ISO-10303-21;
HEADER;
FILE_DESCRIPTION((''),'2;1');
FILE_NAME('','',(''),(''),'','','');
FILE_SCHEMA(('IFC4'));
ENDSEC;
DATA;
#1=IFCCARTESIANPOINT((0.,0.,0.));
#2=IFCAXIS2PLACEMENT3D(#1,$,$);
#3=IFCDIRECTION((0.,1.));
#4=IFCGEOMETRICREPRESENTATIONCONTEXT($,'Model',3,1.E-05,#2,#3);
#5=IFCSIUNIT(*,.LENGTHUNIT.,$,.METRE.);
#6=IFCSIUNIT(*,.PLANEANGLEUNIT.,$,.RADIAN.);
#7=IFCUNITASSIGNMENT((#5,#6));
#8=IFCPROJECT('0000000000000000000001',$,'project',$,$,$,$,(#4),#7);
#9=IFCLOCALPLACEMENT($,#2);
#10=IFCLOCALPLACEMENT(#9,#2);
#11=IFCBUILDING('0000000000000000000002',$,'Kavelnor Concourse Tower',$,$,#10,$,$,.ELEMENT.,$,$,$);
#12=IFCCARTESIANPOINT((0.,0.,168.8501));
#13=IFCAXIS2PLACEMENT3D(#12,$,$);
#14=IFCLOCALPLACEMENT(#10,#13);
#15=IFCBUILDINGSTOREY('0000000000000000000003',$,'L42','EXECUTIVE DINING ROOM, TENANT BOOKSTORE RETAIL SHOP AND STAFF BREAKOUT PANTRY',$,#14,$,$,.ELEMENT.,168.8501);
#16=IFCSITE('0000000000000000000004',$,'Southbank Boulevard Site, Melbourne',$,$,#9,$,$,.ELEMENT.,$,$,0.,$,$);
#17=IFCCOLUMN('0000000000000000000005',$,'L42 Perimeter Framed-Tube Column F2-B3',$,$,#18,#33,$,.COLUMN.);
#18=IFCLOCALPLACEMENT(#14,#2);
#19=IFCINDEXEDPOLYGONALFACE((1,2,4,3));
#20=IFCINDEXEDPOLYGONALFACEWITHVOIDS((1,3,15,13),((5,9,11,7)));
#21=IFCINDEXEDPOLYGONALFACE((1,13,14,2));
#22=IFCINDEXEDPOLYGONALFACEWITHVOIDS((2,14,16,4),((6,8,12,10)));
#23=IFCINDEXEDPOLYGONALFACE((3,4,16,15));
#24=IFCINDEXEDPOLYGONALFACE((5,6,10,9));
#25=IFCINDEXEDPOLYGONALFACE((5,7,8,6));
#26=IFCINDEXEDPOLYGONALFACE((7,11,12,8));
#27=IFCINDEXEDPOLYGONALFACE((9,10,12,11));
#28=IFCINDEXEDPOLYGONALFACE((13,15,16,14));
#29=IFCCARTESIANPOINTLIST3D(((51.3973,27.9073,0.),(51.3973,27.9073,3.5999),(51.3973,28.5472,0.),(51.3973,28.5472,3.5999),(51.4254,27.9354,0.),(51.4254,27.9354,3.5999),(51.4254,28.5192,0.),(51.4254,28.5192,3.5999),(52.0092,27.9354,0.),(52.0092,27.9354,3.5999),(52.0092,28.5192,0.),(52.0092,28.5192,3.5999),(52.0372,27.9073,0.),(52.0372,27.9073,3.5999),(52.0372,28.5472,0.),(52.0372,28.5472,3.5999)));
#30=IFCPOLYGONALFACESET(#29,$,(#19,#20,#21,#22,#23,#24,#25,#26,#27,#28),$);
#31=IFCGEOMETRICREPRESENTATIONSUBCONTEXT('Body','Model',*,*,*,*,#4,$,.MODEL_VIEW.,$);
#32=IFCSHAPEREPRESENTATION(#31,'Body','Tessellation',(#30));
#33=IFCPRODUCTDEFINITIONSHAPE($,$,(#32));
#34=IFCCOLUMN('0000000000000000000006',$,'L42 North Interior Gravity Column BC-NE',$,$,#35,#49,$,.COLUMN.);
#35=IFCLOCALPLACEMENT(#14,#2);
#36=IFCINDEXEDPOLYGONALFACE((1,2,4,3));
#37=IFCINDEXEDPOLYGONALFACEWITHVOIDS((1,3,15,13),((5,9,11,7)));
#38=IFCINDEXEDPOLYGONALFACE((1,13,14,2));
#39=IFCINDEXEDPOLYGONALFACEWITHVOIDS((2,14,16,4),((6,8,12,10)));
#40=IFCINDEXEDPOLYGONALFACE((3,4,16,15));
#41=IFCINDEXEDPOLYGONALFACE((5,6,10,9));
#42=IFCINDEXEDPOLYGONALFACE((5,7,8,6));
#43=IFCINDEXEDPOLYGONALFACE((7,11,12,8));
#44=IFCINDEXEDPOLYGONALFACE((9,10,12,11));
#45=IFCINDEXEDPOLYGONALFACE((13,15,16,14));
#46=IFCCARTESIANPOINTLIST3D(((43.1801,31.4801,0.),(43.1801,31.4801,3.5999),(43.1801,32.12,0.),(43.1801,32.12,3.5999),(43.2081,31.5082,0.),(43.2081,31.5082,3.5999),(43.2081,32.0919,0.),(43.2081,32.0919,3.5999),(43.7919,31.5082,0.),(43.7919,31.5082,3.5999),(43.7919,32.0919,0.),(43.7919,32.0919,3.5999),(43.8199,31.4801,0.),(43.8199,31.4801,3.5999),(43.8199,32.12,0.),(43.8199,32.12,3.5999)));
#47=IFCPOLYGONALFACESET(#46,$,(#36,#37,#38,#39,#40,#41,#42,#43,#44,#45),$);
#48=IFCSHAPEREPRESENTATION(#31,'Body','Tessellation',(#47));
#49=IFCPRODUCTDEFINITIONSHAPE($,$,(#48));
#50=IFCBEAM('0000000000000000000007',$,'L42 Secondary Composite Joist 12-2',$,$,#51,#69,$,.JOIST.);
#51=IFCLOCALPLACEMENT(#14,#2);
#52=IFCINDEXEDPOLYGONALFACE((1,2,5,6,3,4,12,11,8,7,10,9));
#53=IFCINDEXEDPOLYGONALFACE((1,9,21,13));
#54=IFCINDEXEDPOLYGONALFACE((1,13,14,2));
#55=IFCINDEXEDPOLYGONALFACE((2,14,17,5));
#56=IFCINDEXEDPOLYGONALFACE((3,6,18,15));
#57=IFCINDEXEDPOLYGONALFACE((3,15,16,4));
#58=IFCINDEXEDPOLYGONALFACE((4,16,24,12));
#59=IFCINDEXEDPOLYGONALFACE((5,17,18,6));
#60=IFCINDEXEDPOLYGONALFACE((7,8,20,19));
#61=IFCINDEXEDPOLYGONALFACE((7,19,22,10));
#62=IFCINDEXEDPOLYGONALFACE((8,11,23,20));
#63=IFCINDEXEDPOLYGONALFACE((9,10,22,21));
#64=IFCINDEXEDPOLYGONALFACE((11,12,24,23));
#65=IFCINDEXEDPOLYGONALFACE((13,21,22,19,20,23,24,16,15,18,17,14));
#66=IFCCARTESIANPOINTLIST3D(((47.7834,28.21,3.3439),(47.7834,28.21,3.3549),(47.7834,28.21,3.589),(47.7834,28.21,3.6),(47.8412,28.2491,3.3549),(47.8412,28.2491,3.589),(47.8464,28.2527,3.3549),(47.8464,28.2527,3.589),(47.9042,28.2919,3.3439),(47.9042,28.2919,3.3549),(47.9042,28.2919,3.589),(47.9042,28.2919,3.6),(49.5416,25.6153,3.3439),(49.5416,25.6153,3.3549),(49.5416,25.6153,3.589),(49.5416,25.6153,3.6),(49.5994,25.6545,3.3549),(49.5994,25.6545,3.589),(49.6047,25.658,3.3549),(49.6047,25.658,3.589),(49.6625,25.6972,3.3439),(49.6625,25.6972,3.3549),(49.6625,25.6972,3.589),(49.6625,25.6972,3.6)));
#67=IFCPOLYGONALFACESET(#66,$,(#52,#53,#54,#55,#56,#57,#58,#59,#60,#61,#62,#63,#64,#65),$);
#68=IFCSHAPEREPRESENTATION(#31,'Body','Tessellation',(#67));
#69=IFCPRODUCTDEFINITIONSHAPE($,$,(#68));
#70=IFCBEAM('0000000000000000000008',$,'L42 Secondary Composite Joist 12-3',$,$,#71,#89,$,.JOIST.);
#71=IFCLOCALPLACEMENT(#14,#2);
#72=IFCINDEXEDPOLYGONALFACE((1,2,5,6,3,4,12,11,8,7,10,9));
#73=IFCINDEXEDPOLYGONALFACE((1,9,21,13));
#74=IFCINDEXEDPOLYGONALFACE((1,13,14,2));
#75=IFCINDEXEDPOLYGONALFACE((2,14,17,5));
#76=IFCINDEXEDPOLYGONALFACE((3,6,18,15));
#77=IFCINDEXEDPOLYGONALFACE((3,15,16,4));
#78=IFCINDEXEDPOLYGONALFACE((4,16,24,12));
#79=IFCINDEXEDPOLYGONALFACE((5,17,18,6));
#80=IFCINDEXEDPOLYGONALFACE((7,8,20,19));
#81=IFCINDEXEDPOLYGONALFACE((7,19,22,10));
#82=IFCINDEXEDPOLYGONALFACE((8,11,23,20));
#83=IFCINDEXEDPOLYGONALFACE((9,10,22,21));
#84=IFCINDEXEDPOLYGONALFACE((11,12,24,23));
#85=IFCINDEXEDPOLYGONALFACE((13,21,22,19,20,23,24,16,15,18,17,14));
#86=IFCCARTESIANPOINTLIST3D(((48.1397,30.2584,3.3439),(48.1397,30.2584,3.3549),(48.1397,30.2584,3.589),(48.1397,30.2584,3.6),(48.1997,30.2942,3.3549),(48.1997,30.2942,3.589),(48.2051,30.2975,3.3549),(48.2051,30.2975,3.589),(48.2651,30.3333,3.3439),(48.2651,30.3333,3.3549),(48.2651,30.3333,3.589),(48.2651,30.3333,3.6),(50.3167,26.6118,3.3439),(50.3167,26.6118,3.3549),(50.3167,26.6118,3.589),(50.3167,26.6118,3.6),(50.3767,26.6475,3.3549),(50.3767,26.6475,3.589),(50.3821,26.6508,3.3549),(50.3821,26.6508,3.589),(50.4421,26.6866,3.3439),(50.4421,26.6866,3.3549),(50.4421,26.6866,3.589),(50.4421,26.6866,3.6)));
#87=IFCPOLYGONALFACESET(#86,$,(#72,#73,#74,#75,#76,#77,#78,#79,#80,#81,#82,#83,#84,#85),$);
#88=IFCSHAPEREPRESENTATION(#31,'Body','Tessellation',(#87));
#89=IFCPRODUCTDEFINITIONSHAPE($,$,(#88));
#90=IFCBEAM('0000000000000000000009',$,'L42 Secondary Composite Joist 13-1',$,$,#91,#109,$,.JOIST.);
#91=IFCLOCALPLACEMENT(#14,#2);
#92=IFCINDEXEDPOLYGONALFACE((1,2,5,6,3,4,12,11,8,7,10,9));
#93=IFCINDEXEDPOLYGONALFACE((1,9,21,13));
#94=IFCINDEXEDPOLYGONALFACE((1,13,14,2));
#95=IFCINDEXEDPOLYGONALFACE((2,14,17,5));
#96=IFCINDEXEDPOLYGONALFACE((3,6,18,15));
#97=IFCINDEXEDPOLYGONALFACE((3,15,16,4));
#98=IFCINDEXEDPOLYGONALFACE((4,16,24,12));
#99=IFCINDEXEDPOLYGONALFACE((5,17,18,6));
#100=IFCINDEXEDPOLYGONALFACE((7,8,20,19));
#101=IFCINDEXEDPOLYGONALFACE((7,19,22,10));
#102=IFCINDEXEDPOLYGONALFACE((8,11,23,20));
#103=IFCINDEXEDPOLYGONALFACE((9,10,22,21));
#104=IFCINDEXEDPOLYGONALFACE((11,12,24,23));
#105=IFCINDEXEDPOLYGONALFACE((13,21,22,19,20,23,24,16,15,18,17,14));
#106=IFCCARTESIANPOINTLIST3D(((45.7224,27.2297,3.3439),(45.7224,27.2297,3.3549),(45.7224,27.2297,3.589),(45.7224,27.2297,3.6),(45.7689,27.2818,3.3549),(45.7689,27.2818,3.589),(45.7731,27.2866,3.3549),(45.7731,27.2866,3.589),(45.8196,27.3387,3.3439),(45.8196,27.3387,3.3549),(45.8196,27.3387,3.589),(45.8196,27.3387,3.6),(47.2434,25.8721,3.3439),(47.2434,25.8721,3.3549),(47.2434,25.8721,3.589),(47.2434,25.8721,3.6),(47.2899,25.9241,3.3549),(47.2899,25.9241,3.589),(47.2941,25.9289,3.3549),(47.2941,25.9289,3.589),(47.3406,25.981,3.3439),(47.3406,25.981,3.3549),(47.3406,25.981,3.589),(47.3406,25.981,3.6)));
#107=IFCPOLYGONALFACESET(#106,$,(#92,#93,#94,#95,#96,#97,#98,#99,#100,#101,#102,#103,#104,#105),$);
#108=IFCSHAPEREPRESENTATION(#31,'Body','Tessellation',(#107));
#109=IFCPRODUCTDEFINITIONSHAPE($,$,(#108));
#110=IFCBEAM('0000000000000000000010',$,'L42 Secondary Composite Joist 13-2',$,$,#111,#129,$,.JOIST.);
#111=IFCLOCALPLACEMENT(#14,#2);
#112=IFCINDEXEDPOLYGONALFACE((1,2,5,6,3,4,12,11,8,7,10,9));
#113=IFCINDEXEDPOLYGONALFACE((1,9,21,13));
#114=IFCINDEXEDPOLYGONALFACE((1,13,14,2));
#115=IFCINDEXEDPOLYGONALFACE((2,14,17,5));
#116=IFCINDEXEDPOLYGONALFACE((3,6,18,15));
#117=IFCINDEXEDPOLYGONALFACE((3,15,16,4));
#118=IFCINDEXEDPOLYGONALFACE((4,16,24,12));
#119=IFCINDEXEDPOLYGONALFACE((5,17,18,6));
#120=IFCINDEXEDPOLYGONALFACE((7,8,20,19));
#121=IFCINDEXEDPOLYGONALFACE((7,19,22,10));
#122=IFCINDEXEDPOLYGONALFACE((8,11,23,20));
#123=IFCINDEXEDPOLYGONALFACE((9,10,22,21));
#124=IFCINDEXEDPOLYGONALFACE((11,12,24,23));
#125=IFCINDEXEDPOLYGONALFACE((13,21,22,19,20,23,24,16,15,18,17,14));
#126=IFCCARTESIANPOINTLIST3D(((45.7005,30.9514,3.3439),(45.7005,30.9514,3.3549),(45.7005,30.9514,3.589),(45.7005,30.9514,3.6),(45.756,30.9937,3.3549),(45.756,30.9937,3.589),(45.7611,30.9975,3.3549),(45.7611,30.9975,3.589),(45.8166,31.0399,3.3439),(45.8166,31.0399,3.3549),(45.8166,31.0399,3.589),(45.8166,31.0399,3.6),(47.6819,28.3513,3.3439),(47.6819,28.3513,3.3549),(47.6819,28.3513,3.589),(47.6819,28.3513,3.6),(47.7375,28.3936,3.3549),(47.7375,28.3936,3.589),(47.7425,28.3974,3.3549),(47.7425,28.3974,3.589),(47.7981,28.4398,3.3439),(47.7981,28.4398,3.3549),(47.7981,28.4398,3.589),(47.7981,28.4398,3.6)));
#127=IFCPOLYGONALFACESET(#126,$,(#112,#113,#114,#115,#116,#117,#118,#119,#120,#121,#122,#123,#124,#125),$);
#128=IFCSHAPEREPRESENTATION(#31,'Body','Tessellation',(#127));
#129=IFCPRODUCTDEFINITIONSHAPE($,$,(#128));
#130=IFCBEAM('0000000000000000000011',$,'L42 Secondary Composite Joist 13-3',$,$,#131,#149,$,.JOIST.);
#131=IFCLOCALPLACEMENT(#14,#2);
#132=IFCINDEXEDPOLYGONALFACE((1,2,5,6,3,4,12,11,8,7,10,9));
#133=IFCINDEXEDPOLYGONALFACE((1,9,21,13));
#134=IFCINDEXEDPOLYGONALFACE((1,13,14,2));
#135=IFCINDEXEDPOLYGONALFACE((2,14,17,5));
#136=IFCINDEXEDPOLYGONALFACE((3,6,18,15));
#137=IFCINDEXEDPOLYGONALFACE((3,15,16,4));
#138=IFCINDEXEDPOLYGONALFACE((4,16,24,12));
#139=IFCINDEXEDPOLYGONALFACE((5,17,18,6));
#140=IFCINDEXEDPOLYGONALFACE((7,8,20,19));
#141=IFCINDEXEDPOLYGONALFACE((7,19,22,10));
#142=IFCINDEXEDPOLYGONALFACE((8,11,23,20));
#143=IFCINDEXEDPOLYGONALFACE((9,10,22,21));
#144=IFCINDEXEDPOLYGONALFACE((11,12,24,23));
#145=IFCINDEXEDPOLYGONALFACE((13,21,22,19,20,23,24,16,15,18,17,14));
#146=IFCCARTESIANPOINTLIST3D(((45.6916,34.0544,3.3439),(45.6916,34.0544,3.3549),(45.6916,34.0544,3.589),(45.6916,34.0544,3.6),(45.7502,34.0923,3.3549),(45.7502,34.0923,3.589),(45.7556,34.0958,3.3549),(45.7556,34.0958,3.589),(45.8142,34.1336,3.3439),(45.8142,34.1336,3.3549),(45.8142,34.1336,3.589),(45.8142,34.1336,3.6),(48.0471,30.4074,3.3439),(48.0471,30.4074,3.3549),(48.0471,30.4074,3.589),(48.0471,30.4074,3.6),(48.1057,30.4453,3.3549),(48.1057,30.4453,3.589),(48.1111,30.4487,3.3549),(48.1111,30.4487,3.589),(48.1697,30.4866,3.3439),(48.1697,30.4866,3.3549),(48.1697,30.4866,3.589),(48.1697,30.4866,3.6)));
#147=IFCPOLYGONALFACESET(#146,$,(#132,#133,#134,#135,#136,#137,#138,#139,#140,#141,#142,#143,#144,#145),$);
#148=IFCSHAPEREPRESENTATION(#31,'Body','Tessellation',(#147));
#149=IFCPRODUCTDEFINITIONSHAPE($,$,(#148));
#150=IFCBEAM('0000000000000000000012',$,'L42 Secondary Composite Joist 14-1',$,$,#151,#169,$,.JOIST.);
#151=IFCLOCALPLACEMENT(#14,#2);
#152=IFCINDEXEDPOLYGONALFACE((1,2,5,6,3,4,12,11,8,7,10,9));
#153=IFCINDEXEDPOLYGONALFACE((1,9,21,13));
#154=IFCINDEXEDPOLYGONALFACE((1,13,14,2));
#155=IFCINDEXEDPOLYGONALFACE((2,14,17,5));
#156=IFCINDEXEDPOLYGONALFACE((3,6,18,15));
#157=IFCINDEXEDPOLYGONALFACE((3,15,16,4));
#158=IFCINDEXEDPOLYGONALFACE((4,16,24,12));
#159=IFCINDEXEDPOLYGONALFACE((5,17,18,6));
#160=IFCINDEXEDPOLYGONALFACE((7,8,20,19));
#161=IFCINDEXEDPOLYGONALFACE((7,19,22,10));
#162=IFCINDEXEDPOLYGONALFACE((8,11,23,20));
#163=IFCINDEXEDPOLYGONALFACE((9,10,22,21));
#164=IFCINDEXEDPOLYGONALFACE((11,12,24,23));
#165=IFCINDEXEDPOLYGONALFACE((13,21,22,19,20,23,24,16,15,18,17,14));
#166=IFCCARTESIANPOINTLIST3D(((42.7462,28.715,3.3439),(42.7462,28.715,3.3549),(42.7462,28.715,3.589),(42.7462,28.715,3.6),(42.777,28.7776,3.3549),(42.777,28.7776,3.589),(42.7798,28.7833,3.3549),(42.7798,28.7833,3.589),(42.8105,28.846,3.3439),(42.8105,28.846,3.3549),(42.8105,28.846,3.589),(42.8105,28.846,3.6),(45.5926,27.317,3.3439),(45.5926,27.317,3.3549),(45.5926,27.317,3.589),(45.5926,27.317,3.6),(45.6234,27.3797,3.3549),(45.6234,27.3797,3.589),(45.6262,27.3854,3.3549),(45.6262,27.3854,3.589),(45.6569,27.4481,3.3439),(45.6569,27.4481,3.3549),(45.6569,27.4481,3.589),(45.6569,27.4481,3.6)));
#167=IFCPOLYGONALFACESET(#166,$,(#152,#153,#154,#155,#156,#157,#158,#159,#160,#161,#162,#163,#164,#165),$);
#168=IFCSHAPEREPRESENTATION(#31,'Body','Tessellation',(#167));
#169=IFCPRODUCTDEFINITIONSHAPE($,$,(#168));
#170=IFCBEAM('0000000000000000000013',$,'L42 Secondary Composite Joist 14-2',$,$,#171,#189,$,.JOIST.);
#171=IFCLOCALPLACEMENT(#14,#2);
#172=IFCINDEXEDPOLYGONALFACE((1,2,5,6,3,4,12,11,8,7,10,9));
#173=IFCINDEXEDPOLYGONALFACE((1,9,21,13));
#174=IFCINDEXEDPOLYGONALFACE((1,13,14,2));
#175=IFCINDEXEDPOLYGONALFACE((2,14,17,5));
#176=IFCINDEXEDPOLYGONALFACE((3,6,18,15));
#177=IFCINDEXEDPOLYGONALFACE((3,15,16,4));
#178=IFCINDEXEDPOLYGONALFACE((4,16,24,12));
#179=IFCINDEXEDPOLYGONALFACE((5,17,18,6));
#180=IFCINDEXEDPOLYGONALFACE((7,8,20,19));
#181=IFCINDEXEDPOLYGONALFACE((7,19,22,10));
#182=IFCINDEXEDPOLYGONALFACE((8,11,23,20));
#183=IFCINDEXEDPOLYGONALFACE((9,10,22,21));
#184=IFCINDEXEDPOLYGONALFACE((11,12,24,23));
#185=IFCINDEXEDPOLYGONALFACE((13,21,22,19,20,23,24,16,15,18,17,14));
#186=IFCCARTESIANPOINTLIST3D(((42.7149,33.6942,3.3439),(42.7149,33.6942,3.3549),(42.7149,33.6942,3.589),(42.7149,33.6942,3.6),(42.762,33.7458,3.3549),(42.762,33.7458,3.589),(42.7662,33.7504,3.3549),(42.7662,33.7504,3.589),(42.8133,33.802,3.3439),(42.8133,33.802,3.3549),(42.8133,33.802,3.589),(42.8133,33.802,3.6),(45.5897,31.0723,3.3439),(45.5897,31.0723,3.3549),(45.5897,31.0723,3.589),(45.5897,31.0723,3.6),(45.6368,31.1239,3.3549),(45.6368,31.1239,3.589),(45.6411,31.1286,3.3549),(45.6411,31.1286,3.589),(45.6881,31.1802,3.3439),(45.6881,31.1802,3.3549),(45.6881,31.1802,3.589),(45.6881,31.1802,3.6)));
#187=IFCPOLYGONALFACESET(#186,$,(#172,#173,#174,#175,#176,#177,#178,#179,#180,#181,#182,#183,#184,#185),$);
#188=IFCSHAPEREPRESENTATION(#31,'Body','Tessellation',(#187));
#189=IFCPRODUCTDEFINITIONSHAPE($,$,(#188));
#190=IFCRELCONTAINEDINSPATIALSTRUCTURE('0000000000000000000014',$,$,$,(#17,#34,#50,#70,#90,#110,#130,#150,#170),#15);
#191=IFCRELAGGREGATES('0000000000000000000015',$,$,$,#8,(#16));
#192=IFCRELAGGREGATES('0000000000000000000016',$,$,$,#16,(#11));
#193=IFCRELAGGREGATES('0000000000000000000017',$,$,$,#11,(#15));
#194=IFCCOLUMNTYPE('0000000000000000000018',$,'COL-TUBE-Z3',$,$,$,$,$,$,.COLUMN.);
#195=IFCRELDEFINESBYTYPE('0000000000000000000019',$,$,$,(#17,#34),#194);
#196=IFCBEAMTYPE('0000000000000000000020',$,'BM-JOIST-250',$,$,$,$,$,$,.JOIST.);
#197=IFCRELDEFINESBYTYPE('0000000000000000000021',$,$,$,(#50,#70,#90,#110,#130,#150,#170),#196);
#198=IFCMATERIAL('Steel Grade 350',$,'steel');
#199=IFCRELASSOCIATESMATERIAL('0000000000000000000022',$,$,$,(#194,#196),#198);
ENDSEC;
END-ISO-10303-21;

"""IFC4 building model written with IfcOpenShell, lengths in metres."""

from ifc_helpers import new_model, si_unit, direction, frame, origin, origin_2d, place, context, subcontext, project, spatial, hollow_rectangle, i_section, extrude, material, material_profile, profile_set, type_object, element, save


model = new_model("IFC4")

# Units and contexts
model_context = context("Model", 3, precision=1e-05, world=origin(), true_north=direction((0.0, 1.0)))
body_context = subcontext(model_context, "Body", "Model", "MODEL_VIEW")
ifc_project = project(units=[si_unit("LENGTHUNIT", "METRE"), si_unit("PLANEANGLEUNIT", "RADIAN")], contexts=[model_context])

# Site, building, storey
site_placement = place(None, origin())
site = spatial("IfcSite", under=ifc_project, at=site_placement, Name="Southbank Boulevard Site, Melbourne", CompositionType="ELEMENT", RefElevation=0.0)
building_placement = place(site_placement, origin())
building = spatial("IfcBuilding", under=site, at=building_placement, Name="Kavelnor Concourse Tower", CompositionType="ELEMENT")
storey_placement = place(building_placement, frame((0.0, 0.0, 168.8501)))
storey = spatial("IfcBuildingStorey", under=building, at=storey_placement, Name="L42", Description="EXECUTIVE DINING ROOM, TENANT BOOKSTORE RETAIL SHOP AND STAFF BREAKOUT PANTRY", CompositionType="ELEMENT", Elevation=168.8501)

# Columns
ifc_material_1 = material(Name="Steel Grade 350", Category="steel")
ifc_material_profile_1 = material_profile(ifc_material_1, hollow_rectangle(XDim=0.6399, YDim=0.6399, WallThickness=0.0281, at=origin_2d()), Name="SHS 640x640x28")
ifc_profile_set_1 = profile_set([ifc_material_profile_1], Name="Steel Grade 350")
column_type = type_object("IfcColumnType", Name="COL-TUBE-Z3", PredefinedType="COLUMN", material=ifc_profile_set_1)
for number, where, z_axis, x_axis, name in (
    (1, (51.7173, 28.2273, 0.0), (0.0, 0.0, 1.0), (1.0, 0.0, 0.0), "L42 Perimeter Framed-Tube Column F2-B3"),
    (2, (43.5, 31.8, 0.0), (0.0, 0.0, 1.0), (1.0, 0.0, 0.0), "L42 North Interior Gravity Column BC-NE"),
):
    element("IfcColumn", number, at=place(storey_placement, frame(where, z_axis=z_axis, x_axis=x_axis)), inside=storey, type_object=column_type, Name=name, PredefinedType="COLUMN", context=body_context, shape_type="SweptSolid", body=[
        extrude(hollow_rectangle(XDim=0.6399, YDim=0.6399, WallThickness=0.0281, at=origin_2d()), origin(), (0.0, 0.0, 1.0), 3.5999),
    ])

# Beams
ifc_material_profile_2 = material_profile(ifc_material_1, i_section(OverallWidth=0.146, OverallDepth=0.2561, WebThickness=0.0063, FlangeThickness=0.011, at=origin_2d()), Name="250UB37")
ifc_profile_set_2 = profile_set([ifc_material_profile_2], Name="Steel Grade 350")
beam_type_1 = type_object("IfcBeamType", Name="BM-JOIST-250", PredefinedType="JOIST", material=ifc_profile_set_2)
beam_1_placement = place(storey_placement, frame((49.6021, 25.6562, 3.4719), z_axis=(-0.560976, 0.827832, 0.0), x_axis=(-0.827832, -0.560976, 0.0)))
element("IfcBeam", 3, at=beam_1_placement, inside=storey, type_object=beam_type_1, Name="L42 Secondary Composite Joist 12-2", PredefinedType="JOIST", context=body_context, shape_type="SweptSolid", body=[
    extrude(i_section(OverallWidth=0.146, OverallDepth=0.2561, WebThickness=0.0063, FlangeThickness=0.011, at=origin_2d()), origin(), (0.0, 0.0, 1.0), 3.1343),
])
beam_2_placement = place(storey_placement, frame((50.3794, 26.6492, 3.4719), z_axis=(-0.512584, 0.858637, 0.0), x_axis=(-0.858637, -0.512584, 0.0)))
element("IfcBeam", 4, at=beam_2_placement, inside=storey, type_object=beam_type_1, Name="L42 Secondary Composite Joist 12-3", PredefinedType="JOIST", context=body_context, shape_type="SweptSolid", body=[
    extrude(i_section(OverallWidth=0.146, OverallDepth=0.2561, WebThickness=0.0063, FlangeThickness=0.011, at=origin_2d()), origin(), (0.0, 0.0, 1.0), 4.2471),
])
beam_3_placement = place(storey_placement, frame((47.292, 25.9265, 3.4719), z_axis=(-0.746027, 0.665916, 0.0), x_axis=(-0.665916, -0.746027, 0.0)))
element("IfcBeam", 5, at=beam_3_placement, inside=storey, type_object=beam_type_1, Name="L42 Secondary Composite Joist 13-1", PredefinedType="JOIST", context=body_context, shape_type="SweptSolid", body=[
    extrude(i_section(OverallWidth=0.146, OverallDepth=0.2561, WebThickness=0.0063, FlangeThickness=0.011, at=origin_2d()), origin(), (0.0, 0.0, 1.0), 2.0388),
])
beam_4_placement = place(storey_placement, frame((47.74, 28.3955, 3.4719), z_axis=(-0.606124, 0.79537, 0.0), x_axis=(-0.79537, -0.606124, 0.0)))
element("IfcBeam", 6, at=beam_4_placement, inside=storey, type_object=beam_type_1, Name="L42 Secondary Composite Joist 13-2", PredefinedType="JOIST", context=body_context, shape_type="SweptSolid", body=[
    extrude(i_section(OverallWidth=0.146, OverallDepth=0.2561, WebThickness=0.0063, FlangeThickness=0.011, at=origin_2d()), origin(), (0.0, 0.0, 1.0), 3.269),
])
beam_5_placement = place(storey_placement, frame((48.1084, 30.447, 3.4719), z_axis=(-0.542547, 0.840025, 0.0), x_axis=(-0.840025, -0.542547, 0.0)))
element("IfcBeam", 7, at=beam_5_placement, inside=storey, type_object=beam_type_1, Name="L42 Secondary Composite Joist 13-3", PredefinedType="JOIST", context=body_context, shape_type="SweptSolid", body=[
    extrude(i_section(OverallWidth=0.146, OverallDepth=0.2561, WebThickness=0.0063, FlangeThickness=0.011, at=origin_2d()), origin(), (0.0, 0.0, 1.0), 4.3416),
])
beam_6_placement = place(storey_placement, frame((45.6248, 27.3826, 3.4719), z_axis=(-0.897592, 0.440828, 0.0), x_axis=(-0.440828, -0.897592, 0.0)))
element("IfcBeam", 8, at=beam_6_placement, inside=storey, type_object=beam_type_1, Name="L42 Secondary Composite Joist 14-1", PredefinedType="JOIST", context=body_context, shape_type="SweptSolid", body=[
    extrude(i_section(OverallWidth=0.146, OverallDepth=0.2561, WebThickness=0.0063, FlangeThickness=0.011, at=origin_2d()), origin(), (0.0, 0.0, 1.0), 3.1711),
])
beam_7_placement = place(storey_placement, frame((45.6389, 31.1262, 3.4719), z_axis=(-0.738863, 0.673856, 0.0), x_axis=(-0.673856, -0.738863, 0.0)))
element("IfcBeam", 9, at=beam_7_placement, inside=storey, type_object=beam_type_1, Name="L42 Secondary Composite Joist 14-2", PredefinedType="JOIST", context=body_context, shape_type="SweptSolid", body=[
    extrude(i_section(OverallWidth=0.146, OverallDepth=0.2561, WebThickness=0.0063, FlangeThickness=0.011, at=origin_2d()), origin(), (0.0, 0.0, 1.0), 3.8909),
])

save(model, "model.ifc")
